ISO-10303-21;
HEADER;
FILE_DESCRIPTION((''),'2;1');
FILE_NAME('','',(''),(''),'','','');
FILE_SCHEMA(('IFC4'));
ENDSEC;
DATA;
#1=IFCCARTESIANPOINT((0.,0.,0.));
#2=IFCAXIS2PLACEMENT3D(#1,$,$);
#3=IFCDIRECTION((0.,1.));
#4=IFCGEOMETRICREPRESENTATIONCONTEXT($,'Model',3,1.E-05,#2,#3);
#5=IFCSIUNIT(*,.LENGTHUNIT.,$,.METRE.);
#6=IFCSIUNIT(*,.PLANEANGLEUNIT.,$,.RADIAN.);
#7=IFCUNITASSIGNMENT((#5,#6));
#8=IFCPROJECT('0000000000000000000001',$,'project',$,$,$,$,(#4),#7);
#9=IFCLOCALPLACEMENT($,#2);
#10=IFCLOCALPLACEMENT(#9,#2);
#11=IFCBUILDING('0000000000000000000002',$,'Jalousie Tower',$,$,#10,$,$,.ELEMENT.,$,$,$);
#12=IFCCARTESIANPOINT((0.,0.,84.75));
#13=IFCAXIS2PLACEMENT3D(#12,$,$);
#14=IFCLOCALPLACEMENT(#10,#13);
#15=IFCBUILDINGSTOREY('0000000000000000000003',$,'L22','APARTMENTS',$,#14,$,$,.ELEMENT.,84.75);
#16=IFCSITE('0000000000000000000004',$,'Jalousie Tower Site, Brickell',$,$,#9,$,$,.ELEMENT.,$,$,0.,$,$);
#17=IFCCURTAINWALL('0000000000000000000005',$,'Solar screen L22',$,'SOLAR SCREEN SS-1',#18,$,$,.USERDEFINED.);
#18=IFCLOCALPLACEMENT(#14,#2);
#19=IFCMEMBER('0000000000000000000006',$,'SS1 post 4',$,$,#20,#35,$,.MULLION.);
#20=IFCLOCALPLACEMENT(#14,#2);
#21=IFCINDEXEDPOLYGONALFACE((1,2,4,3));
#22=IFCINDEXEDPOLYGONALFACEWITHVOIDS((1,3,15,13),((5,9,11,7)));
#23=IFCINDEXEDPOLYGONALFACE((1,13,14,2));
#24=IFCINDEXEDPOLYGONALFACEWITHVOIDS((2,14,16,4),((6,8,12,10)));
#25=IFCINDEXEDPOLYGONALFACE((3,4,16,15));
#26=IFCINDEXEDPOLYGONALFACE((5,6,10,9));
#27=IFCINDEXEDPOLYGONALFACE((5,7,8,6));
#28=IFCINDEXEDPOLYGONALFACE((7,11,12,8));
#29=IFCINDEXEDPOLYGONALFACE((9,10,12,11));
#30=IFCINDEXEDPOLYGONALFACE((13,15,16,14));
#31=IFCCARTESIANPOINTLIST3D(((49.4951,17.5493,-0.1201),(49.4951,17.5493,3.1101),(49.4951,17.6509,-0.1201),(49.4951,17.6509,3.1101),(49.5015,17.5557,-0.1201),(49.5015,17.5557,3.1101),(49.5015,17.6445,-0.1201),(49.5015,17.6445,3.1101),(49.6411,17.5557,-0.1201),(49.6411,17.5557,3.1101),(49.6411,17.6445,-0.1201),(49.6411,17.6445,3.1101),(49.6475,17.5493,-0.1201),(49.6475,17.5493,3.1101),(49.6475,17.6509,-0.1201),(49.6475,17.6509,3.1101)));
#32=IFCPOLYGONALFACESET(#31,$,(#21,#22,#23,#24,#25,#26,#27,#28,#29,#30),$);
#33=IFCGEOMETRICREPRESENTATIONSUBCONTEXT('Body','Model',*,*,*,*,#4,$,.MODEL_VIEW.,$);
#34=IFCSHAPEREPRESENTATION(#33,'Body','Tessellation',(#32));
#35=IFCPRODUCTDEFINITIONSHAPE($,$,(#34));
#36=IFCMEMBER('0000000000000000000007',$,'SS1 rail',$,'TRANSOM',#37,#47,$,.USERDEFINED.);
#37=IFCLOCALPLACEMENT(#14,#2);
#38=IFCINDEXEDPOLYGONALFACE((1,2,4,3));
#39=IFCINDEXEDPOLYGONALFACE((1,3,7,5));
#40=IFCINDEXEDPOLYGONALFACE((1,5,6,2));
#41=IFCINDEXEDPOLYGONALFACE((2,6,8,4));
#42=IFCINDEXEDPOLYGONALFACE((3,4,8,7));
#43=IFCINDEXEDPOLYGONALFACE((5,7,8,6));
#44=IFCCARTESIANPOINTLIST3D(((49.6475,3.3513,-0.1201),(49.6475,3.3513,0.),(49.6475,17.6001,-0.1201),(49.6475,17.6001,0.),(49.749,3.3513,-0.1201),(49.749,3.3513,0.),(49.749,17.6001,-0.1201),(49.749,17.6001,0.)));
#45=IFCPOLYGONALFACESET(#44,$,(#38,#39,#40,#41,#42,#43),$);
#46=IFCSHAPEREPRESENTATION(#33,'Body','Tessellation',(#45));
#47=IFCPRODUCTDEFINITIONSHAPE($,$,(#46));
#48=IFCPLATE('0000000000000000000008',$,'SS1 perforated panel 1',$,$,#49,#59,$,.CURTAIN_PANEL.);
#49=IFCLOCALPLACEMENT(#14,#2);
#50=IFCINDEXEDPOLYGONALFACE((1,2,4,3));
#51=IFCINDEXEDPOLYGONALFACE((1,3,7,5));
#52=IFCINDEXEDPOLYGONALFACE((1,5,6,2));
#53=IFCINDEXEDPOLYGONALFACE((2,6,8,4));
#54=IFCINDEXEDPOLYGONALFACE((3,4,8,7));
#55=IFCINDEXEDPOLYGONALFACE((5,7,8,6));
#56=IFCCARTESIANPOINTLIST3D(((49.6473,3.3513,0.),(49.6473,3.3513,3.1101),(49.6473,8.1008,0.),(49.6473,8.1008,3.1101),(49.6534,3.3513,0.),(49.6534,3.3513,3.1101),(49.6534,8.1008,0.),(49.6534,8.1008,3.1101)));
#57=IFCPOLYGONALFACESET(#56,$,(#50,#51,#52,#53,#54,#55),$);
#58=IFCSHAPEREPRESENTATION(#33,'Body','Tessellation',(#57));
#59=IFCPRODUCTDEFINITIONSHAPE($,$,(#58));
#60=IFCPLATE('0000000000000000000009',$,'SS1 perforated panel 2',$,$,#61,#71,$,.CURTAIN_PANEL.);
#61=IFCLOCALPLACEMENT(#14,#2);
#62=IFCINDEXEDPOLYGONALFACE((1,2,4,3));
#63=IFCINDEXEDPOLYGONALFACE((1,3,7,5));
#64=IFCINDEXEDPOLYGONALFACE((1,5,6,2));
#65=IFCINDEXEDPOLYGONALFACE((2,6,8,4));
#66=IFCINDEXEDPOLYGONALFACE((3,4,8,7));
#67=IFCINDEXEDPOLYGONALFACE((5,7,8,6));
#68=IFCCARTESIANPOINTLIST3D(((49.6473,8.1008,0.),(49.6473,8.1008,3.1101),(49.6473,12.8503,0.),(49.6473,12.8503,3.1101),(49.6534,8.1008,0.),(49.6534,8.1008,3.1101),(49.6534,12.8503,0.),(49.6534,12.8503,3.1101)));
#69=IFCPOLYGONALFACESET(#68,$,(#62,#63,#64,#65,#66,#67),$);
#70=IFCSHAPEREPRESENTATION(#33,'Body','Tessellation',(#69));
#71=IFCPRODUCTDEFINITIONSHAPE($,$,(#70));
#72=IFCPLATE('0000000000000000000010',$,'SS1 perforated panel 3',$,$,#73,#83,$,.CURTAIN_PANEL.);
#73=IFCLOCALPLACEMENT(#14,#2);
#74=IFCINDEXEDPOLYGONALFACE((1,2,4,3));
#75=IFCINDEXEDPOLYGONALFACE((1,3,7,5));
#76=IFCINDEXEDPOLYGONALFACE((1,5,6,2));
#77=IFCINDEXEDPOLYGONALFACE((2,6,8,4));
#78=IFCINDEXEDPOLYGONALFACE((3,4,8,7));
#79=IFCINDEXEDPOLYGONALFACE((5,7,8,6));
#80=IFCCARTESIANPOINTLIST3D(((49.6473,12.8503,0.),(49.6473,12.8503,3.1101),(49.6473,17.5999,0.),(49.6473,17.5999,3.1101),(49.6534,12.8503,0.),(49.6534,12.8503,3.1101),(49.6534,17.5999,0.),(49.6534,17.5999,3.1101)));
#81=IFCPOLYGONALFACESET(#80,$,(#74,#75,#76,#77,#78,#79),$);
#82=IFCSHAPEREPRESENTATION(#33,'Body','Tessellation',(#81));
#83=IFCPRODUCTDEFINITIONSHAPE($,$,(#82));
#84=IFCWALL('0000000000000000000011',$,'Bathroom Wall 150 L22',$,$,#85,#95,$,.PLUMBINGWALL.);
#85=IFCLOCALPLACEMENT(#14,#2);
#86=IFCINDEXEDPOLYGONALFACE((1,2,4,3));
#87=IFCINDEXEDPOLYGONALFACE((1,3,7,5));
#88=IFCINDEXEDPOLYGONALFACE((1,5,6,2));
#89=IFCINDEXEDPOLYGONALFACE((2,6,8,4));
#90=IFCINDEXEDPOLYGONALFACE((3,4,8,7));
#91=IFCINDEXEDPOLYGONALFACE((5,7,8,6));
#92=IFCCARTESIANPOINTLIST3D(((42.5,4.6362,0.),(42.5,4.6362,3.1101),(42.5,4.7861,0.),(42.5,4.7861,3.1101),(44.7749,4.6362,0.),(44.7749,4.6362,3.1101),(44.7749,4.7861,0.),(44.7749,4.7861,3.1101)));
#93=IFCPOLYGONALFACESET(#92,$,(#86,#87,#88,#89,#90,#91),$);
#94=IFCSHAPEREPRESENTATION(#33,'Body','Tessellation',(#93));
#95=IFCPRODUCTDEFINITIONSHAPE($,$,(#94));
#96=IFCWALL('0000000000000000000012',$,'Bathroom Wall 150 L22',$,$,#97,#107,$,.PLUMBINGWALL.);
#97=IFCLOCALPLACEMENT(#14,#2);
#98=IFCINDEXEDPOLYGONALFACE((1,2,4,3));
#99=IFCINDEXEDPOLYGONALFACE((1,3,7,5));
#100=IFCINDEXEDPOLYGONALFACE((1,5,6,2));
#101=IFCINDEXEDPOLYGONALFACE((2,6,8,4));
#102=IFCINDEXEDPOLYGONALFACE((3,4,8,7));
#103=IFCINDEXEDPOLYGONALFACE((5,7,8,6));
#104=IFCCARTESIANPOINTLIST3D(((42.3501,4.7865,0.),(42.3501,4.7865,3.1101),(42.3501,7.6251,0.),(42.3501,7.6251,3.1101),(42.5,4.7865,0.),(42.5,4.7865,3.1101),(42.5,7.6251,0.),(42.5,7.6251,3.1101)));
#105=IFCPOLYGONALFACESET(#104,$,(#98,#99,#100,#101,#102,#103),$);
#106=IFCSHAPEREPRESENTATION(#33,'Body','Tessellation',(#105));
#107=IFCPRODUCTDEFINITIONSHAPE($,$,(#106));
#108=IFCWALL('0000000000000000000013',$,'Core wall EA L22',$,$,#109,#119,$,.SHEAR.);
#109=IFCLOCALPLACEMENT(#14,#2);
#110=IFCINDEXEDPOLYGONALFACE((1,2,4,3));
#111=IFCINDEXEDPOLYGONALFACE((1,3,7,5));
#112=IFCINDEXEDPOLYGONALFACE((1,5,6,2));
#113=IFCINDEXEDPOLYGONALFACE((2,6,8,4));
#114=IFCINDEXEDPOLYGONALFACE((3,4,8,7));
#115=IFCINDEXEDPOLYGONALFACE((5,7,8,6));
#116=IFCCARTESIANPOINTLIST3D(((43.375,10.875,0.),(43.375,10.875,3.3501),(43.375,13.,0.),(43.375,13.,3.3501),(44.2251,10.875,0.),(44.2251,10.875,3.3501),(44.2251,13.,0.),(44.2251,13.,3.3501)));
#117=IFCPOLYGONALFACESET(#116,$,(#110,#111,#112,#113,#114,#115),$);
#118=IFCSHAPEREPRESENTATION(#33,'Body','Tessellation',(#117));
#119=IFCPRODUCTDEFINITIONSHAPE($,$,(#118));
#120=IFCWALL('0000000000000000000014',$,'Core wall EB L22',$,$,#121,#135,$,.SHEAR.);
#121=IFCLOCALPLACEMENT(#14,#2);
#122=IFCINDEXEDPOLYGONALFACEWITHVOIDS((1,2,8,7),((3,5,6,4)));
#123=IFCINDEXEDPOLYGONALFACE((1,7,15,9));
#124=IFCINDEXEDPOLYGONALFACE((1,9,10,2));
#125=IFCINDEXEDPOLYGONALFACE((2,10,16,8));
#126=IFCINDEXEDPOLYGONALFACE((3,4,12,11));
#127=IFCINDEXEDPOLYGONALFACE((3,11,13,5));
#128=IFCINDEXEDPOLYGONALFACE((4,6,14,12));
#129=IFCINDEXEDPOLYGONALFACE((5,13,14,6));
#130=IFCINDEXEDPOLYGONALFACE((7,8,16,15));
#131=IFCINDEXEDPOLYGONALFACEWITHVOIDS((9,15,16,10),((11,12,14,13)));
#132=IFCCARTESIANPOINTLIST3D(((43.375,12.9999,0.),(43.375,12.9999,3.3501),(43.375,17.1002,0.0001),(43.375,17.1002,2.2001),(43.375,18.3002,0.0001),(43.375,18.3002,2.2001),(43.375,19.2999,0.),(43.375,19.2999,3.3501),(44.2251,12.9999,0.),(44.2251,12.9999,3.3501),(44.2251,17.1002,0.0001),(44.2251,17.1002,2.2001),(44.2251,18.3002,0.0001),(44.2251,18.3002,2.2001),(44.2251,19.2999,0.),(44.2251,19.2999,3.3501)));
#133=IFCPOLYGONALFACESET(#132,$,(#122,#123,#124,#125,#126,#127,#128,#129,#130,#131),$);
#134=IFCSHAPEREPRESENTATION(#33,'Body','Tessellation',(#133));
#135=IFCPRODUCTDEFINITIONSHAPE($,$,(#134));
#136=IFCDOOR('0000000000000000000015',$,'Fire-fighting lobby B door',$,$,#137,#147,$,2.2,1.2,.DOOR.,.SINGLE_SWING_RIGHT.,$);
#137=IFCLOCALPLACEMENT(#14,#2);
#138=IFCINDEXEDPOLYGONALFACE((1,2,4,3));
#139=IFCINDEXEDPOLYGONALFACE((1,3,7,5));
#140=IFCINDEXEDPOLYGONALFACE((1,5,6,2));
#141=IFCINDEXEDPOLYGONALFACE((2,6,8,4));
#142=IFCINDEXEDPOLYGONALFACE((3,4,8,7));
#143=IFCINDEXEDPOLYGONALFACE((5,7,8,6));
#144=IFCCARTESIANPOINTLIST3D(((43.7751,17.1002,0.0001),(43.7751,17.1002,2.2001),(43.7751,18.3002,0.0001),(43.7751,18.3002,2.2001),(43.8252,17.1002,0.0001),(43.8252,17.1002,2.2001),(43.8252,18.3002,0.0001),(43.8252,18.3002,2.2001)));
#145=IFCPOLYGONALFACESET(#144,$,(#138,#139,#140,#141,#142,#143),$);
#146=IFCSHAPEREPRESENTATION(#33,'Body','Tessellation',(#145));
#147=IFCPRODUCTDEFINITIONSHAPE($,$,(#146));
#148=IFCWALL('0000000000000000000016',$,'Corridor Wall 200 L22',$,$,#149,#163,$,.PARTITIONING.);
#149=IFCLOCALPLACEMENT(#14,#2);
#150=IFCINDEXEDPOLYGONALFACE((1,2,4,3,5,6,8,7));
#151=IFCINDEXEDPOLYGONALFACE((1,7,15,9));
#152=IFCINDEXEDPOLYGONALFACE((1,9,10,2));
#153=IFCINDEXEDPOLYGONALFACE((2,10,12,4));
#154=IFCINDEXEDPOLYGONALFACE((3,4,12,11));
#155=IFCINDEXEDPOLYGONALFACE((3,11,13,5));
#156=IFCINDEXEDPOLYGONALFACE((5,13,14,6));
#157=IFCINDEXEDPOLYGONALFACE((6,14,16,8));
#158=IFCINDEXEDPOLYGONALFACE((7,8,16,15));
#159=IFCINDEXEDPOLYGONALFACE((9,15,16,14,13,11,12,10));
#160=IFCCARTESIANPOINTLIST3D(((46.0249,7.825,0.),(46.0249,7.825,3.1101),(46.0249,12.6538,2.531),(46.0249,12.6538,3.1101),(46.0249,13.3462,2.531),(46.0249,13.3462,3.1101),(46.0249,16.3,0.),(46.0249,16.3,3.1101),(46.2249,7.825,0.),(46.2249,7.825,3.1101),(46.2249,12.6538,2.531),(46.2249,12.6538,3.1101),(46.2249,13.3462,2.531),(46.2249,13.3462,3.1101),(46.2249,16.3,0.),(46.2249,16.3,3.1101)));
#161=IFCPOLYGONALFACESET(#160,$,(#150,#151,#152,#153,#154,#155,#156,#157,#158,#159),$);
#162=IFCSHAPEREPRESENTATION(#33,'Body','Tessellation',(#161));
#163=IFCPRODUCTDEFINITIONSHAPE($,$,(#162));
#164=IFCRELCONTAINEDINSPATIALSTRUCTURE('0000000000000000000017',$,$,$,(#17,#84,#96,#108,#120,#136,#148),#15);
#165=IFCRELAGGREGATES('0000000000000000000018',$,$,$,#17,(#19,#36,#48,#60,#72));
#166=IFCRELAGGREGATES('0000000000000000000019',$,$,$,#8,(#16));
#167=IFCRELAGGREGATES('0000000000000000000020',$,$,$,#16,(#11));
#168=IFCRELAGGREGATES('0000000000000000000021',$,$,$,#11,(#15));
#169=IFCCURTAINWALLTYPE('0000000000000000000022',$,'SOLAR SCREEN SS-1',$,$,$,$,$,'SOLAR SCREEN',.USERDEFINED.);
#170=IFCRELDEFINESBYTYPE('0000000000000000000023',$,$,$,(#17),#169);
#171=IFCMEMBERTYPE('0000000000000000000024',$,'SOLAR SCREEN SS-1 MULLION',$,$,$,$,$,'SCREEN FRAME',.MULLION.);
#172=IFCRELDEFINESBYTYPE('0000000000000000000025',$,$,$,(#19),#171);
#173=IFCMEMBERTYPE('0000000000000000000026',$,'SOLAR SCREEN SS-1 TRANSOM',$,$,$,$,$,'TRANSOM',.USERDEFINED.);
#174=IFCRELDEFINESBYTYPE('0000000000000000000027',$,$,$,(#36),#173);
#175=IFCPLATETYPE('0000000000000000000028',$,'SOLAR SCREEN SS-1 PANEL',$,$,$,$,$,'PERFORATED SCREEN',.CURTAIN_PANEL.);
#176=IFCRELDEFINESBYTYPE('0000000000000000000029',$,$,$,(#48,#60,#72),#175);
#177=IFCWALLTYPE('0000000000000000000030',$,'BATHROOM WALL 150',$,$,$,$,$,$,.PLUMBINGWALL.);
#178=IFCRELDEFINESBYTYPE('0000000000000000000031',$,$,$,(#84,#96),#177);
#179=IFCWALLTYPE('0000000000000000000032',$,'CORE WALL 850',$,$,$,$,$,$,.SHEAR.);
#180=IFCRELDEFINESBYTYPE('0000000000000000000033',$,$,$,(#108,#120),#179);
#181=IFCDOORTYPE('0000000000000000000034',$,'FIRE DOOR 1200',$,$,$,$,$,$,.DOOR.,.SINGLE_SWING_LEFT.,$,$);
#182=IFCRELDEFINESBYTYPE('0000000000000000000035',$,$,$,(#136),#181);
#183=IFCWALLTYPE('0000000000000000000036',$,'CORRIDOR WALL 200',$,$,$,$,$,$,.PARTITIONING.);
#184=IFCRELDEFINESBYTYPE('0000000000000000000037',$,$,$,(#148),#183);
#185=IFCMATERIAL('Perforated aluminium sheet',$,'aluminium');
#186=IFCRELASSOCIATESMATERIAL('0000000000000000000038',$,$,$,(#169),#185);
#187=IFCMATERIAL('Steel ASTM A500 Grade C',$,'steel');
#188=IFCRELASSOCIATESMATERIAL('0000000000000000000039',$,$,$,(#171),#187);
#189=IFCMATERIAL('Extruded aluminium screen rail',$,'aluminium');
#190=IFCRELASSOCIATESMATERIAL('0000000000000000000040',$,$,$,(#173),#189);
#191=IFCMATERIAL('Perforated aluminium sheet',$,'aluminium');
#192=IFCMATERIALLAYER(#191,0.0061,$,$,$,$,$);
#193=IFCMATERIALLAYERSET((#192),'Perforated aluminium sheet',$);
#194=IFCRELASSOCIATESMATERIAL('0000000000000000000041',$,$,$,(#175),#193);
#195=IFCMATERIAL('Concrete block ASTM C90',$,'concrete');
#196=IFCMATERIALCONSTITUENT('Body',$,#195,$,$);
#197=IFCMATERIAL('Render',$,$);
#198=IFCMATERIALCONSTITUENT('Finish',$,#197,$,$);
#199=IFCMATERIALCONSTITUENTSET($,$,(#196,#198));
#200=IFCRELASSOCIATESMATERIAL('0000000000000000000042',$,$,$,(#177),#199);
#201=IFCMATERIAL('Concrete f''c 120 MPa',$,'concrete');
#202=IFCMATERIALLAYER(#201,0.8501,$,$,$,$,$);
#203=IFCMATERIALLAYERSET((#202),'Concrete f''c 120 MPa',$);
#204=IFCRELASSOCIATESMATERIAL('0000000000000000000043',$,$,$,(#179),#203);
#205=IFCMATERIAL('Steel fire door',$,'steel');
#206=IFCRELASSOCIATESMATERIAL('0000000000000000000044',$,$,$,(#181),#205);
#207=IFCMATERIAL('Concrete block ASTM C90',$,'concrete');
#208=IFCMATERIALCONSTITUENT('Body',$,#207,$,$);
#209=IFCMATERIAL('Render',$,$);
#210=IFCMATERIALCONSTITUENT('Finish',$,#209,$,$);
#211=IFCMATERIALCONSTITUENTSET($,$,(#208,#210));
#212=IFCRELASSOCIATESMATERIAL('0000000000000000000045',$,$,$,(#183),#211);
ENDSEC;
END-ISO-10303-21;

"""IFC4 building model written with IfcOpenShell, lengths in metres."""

from ifc_helpers import new_model, si_unit, direction, frame, frame_2d, origin, origin_2d, place, context, subcontext, project, spatial, polyline, rectangle, hollow_rectangle, outline, extrude, material, layer, layer_set, constituent, constituent_set, material_profile, profile_set, type_object, element, fill, aggregate, save


model = new_model("IFC4")

# Units and contexts
model_context = context("Model", 3, precision=1e-05, world=origin(), true_north=direction((0.0, 1.0)))
body_context = subcontext(model_context, "Body", "Model", "MODEL_VIEW")
ifc_project = project(units=[si_unit("LENGTHUNIT", "METRE"), si_unit("PLANEANGLEUNIT", "RADIAN")], contexts=[model_context])

# Site, building, storey
site_placement = place(None, origin())
site = spatial("IfcSite", under=ifc_project, at=site_placement, Name="Jalousie Tower Site, Brickell", CompositionType="ELEMENT", RefElevation=0.0)
building_placement = place(site_placement, origin())
building = spatial("IfcBuilding", under=site, at=building_placement, Name="Jalousie Tower", CompositionType="ELEMENT")
storey_placement = place(building_placement, frame((0.0, 0.0, 84.75)))
storey = spatial("IfcBuildingStorey", under=building, at=storey_placement, Name="L22", Description="APARTMENTS", CompositionType="ELEMENT", Elevation=84.75)

# Curtain wall, members, plates
ifc_material_1 = material(Name="Perforated aluminium sheet", Category="aluminium")
curtain_wall_type = type_object("IfcCurtainWallType", Name="SOLAR SCREEN SS-1", ElementType="SOLAR SCREEN", PredefinedType="USERDEFINED", material=ifc_material_1)
curtain_wall_placement = place(storey_placement, origin())
curtain_wall = element("IfcCurtainWall", 1, at=curtain_wall_placement, inside=storey, type_object=curtain_wall_type, Name="Solar screen L22", ObjectType="SOLAR SCREEN SS-1", PredefinedType="USERDEFINED")
ifc_material_2 = material(Name="Steel ASTM A500 Grade C", Category="steel")
ifc_material_profile_1 = material_profile(ifc_material_2, hollow_rectangle(XDim=0.1016, YDim=0.1523, WallThickness=0.0063, at=origin_2d()), Name="HSS6X4X1/4")
ifc_profile_set_1 = profile_set([ifc_material_profile_1], Name="Steel ASTM A500 Grade C")
member_type_1 = type_object("IfcMemberType", Name="SOLAR SCREEN SS-1 MULLION", ElementType="SCREEN FRAME", PredefinedType="MULLION", material=ifc_profile_set_1)
member_1_placement = place(storey_placement, frame((49.5713, 17.6001, -0.1201), z_axis=(0.0, 0.0, 1.0), x_axis=(0.0, 1.0, 0.0)))
member_1 = element("IfcMember", 2, at=member_1_placement, type_object=member_type_1, Name="SS1 post 4", PredefinedType="MULLION", context=body_context, shape_type="SweptSolid", body=[
    extrude(hollow_rectangle(XDim=0.1016, YDim=0.1523, WallThickness=0.0063, at=origin_2d()), origin(), (0.0, 0.0, 1.0), 3.2302),
])
ifc_material_3 = material(Name="Extruded aluminium screen rail", Category="aluminium")
ifc_material_profile_2 = material_profile(ifc_material_3, rectangle(XDim=0.1016, YDim=0.1201, at=origin_2d()), Name="RAIL 102x120")
ifc_profile_set_2 = profile_set([ifc_material_profile_2], Name="Extruded aluminium screen rail")
member_type_2 = type_object("IfcMemberType", Name="SOLAR SCREEN SS-1 TRANSOM", ElementType="TRANSOM", PredefinedType="USERDEFINED", material=ifc_profile_set_2)
member_2_placement = place(storey_placement, frame((49.6982, 3.3513, -0.0601), z_axis=(0.0, 1.0, 0.0), x_axis=(-1.0, 0.0, 0.0)))
member_2 = element("IfcMember", 3, at=member_2_placement, type_object=member_type_2, Name="SS1 rail", ObjectType="TRANSOM", PredefinedType="USERDEFINED", context=body_context, shape_type="SweptSolid", body=[
    extrude(rectangle(XDim=0.1016, YDim=0.1201, at=origin_2d()), origin(), (0.0, 0.0, 1.0), 14.2488),
])
ifc_material_4 = material(Name="Perforated aluminium sheet", Category="aluminium")
ifc_layer_1 = layer(ifc_material_4, 0.0061)
ifc_layer_set_1 = layer_set([ifc_layer_1], Name="Perforated aluminium sheet")
plate_type = type_object("IfcPlateType", Name="SOLAR SCREEN SS-1 PANEL", ElementType="PERFORATED SCREEN", PredefinedType="CURTAIN_PANEL", material=ifc_layer_set_1)
plate_1_placement = place(storey_placement, frame((49.6504, 5.7261, 0.0), z_axis=(0.0, 0.0, 1.0), x_axis=(0.0, 1.0, 0.0)))
plate_1 = element("IfcPlate", 4, at=plate_1_placement, type_object=plate_type, Name="SS1 perforated panel 1", PredefinedType="CURTAIN_PANEL", context=body_context, shape_type="SweptSolid", body=[
    extrude(rectangle(XDim=4.7495, YDim=0.0061, at=origin_2d()), origin(), (0.0, 0.0, 1.0), 3.1101),
])
plate_2_placement = place(storey_placement, frame((49.6504, 10.4756, 0.0), z_axis=(0.0, 0.0, 1.0), x_axis=(0.0, 1.0, 0.0)))
plate_2 = element("IfcPlate", 5, at=plate_2_placement, type_object=plate_type, Name="SS1 perforated panel 2", PredefinedType="CURTAIN_PANEL", context=body_context, shape_type="SweptSolid", body=[
    extrude(rectangle(XDim=4.7495, YDim=0.0061, at=origin_2d()), origin(), (0.0, 0.0, 1.0), 3.1101),
])
plate_3_placement = place(storey_placement, frame((49.6504, 15.2251, 0.0), z_axis=(0.0, 0.0, 1.0), x_axis=(0.0, 1.0, 0.0)))
plate_3 = element("IfcPlate", 6, at=plate_3_placement, type_object=plate_type, Name="SS1 perforated panel 3", PredefinedType="CURTAIN_PANEL", context=body_context, shape_type="SweptSolid", body=[
    extrude(rectangle(XDim=4.7495, YDim=0.0061, at=origin_2d()), origin(), (0.0, 0.0, 1.0), 3.1101),
])
aggregate(curtain_wall, [member_1, member_2, plate_1, plate_2, plate_3])

# Walls
ifc_material_5 = material(Name="Concrete block ASTM C90", Category="concrete")
ifc_constituent_1 = constituent(ifc_material_5, Name="Body")
ifc_material_6 = material(Name="Render")
ifc_constituent_2 = constituent(ifc_material_6, Name="Finish")
ifc_constituent_set_1 = constituent_set(constituents=[ifc_constituent_1, ifc_constituent_2])
wall_type_1 = type_object("IfcWallType", Name="BATHROOM WALL 150", PredefinedType="PLUMBINGWALL", material=ifc_constituent_set_1)
wall_1_placement = place(storey_placement, frame((42.5, 4.7112, 0.0), z_axis=(0.0, 0.0, 1.0), x_axis=(1.0, 0.0, 0.0)))
element("IfcWall", 7, at=wall_1_placement, inside=storey, type_object=wall_type_1, Name="Bathroom Wall 150 L22", PredefinedType="PLUMBINGWALL", context=body_context, shape_type="SweptSolid", body=[
    extrude(rectangle(XDim=2.2749, YDim=0.1499, at=frame_2d((1.1375, 0.0))), origin(), (0.0, 0.0, 1.0), 3.1101),
])
wall_2_placement = place(storey_placement, frame((42.425, 4.7864, 0.0), z_axis=(0.0, 0.0, 1.0), x_axis=(0.0, 1.0, 0.0)))
element("IfcWall", 8, at=wall_2_placement, inside=storey, type_object=wall_type_1, Name="Bathroom Wall 150 L22", PredefinedType="PLUMBINGWALL", context=body_context, shape_type="SweptSolid", body=[
    extrude(rectangle(XDim=2.8386, YDim=0.1499, at=frame_2d((1.4194, 0.0))), origin(), (0.0, 0.0, 1.0), 3.1101),
])
ifc_material_7 = material(Name="Concrete f'c 120 MPa", Category="concrete")
ifc_layer_2 = layer(ifc_material_7, 0.8501)
ifc_layer_set_2 = layer_set([ifc_layer_2], Name="Concrete f'c 120 MPa")
wall_type_2 = type_object("IfcWallType", Name="CORE WALL 850", PredefinedType="SHEAR", material=ifc_layer_set_2)
wall_3_placement = place(storey_placement, frame((43.8, 10.875, 0.0), z_axis=(0.0, 0.0, 1.0), x_axis=(0.0, 1.0, 0.0)))
element("IfcWall", 9, at=wall_3_placement, inside=storey, type_object=wall_type_2, Name="Core wall EA L22", PredefinedType="SHEAR", context=body_context, shape_type="SweptSolid", body=[
    extrude(rectangle(XDim=2.125, YDim=0.8501, at=frame_2d((1.0625, 0.0))), origin(), (0.0, 0.0, 1.0), 3.3501),
])

# Wall, opening, door
wall_4_placement = place(storey_placement, frame((43.8, 13.0, 0.0), z_axis=(0.0, 0.0, 1.0), x_axis=(0.0, 1.0, 0.0)))
wall_4 = element("IfcWall", 10, at=wall_4_placement, inside=storey, type_object=wall_type_2, Name="Core wall EB L22", PredefinedType="SHEAR", context=body_context, shape_type="SweptSolid", body=[
    extrude(rectangle(XDim=6.3, YDim=0.8501, at=frame_2d((3.1499, 0.0))), origin(), (0.0, 0.0, 1.0), 3.3501),
])
opening_1_placement = place(wall_4_placement, frame((4.1001, 0.0, 0.0)))
opening_1 = element("IfcOpeningElement", 11, at=opening_1_placement, cuts=wall_4, PredefinedType="OPENING", context=body_context, shape_type="SweptSolid", body=[
    extrude(rectangle(XDim=1.2, YDim=2.2, at=frame_2d((0.6001, 1.1001))), frame((0.0, 0.4351, 0.0), z_axis=(0.0, -1.0, 0.0), x_axis=(1.0, 0.0, 0.0)), (0.0, 0.0, 1.0), 0.8701),
])
ifc_material_8 = material(Name="Steel fire door", Category="steel")
door_type_1 = type_object("IfcDoorType", Name="FIRE DOOR 1200", OperationType="SINGLE_SWING_LEFT", PredefinedType="DOOR", material=ifc_material_8)
door_1_placement = place(opening_1_placement, origin())
door_1 = element("IfcDoor", 12, at=door_1_placement, inside=storey, type_object=door_type_1, Name="Fire-fighting lobby B door", OperationType="SINGLE_SWING_RIGHT", OverallHeight=2.2, OverallWidth=1.2, PredefinedType="DOOR", context=body_context, shape_type="SweptSolid", body=[
    extrude(rectangle(XDim=1.2, YDim=2.2, at=frame_2d((0.6001, 1.1001))), frame((0.0, 0.0249, 0.0), z_axis=(0.0, -1.0, 0.0), x_axis=(1.0, 0.0, 0.0)), (0.0, 0.0, 1.0), 0.05),
])
fill(opening_1, door_1)

# Wall
ifc_material_9 = material(Name="Concrete block ASTM C90", Category="concrete")
ifc_constituent_3 = constituent(ifc_material_9, Name="Body")
ifc_material_10 = material(Name="Render")
ifc_constituent_4 = constituent(ifc_material_10, Name="Finish")
ifc_constituent_set_2 = constituent_set(constituents=[ifc_constituent_3, ifc_constituent_4])
wall_type_3 = type_object("IfcWallType", Name="CORRIDOR WALL 200", PredefinedType="PARTITIONING", material=ifc_constituent_set_2)
wall_5_placement = place(storey_placement, frame((46.125, 7.825, 0.0), z_axis=(0.0, 0.0, 1.0), x_axis=(0.0, 1.0, 0.0)))
element("IfcWall", 13, at=wall_5_placement, inside=storey, type_object=wall_type_3, Name="Corridor Wall 200 L22", PredefinedType="PARTITIONING", context=body_context, shape_type="SweptSolid", body=[
    extrude(outline(polyline([(0.0, 0.0), (8.4751, 0.0), (8.4751, 3.1101), (5.5212, 3.1101), (5.5212, 2.531), (4.8289, 2.531), (4.8289, 3.1101), (0.0, 3.1101), (0.0, 0.0)])), frame((0.0, 0.1001, 0.0), z_axis=(0.0, -1.0, 0.0), x_axis=(1.0, 0.0, 0.0)), (0.0, 0.0, 1.0), 0.2),
])

save(model, "model.ifc")
